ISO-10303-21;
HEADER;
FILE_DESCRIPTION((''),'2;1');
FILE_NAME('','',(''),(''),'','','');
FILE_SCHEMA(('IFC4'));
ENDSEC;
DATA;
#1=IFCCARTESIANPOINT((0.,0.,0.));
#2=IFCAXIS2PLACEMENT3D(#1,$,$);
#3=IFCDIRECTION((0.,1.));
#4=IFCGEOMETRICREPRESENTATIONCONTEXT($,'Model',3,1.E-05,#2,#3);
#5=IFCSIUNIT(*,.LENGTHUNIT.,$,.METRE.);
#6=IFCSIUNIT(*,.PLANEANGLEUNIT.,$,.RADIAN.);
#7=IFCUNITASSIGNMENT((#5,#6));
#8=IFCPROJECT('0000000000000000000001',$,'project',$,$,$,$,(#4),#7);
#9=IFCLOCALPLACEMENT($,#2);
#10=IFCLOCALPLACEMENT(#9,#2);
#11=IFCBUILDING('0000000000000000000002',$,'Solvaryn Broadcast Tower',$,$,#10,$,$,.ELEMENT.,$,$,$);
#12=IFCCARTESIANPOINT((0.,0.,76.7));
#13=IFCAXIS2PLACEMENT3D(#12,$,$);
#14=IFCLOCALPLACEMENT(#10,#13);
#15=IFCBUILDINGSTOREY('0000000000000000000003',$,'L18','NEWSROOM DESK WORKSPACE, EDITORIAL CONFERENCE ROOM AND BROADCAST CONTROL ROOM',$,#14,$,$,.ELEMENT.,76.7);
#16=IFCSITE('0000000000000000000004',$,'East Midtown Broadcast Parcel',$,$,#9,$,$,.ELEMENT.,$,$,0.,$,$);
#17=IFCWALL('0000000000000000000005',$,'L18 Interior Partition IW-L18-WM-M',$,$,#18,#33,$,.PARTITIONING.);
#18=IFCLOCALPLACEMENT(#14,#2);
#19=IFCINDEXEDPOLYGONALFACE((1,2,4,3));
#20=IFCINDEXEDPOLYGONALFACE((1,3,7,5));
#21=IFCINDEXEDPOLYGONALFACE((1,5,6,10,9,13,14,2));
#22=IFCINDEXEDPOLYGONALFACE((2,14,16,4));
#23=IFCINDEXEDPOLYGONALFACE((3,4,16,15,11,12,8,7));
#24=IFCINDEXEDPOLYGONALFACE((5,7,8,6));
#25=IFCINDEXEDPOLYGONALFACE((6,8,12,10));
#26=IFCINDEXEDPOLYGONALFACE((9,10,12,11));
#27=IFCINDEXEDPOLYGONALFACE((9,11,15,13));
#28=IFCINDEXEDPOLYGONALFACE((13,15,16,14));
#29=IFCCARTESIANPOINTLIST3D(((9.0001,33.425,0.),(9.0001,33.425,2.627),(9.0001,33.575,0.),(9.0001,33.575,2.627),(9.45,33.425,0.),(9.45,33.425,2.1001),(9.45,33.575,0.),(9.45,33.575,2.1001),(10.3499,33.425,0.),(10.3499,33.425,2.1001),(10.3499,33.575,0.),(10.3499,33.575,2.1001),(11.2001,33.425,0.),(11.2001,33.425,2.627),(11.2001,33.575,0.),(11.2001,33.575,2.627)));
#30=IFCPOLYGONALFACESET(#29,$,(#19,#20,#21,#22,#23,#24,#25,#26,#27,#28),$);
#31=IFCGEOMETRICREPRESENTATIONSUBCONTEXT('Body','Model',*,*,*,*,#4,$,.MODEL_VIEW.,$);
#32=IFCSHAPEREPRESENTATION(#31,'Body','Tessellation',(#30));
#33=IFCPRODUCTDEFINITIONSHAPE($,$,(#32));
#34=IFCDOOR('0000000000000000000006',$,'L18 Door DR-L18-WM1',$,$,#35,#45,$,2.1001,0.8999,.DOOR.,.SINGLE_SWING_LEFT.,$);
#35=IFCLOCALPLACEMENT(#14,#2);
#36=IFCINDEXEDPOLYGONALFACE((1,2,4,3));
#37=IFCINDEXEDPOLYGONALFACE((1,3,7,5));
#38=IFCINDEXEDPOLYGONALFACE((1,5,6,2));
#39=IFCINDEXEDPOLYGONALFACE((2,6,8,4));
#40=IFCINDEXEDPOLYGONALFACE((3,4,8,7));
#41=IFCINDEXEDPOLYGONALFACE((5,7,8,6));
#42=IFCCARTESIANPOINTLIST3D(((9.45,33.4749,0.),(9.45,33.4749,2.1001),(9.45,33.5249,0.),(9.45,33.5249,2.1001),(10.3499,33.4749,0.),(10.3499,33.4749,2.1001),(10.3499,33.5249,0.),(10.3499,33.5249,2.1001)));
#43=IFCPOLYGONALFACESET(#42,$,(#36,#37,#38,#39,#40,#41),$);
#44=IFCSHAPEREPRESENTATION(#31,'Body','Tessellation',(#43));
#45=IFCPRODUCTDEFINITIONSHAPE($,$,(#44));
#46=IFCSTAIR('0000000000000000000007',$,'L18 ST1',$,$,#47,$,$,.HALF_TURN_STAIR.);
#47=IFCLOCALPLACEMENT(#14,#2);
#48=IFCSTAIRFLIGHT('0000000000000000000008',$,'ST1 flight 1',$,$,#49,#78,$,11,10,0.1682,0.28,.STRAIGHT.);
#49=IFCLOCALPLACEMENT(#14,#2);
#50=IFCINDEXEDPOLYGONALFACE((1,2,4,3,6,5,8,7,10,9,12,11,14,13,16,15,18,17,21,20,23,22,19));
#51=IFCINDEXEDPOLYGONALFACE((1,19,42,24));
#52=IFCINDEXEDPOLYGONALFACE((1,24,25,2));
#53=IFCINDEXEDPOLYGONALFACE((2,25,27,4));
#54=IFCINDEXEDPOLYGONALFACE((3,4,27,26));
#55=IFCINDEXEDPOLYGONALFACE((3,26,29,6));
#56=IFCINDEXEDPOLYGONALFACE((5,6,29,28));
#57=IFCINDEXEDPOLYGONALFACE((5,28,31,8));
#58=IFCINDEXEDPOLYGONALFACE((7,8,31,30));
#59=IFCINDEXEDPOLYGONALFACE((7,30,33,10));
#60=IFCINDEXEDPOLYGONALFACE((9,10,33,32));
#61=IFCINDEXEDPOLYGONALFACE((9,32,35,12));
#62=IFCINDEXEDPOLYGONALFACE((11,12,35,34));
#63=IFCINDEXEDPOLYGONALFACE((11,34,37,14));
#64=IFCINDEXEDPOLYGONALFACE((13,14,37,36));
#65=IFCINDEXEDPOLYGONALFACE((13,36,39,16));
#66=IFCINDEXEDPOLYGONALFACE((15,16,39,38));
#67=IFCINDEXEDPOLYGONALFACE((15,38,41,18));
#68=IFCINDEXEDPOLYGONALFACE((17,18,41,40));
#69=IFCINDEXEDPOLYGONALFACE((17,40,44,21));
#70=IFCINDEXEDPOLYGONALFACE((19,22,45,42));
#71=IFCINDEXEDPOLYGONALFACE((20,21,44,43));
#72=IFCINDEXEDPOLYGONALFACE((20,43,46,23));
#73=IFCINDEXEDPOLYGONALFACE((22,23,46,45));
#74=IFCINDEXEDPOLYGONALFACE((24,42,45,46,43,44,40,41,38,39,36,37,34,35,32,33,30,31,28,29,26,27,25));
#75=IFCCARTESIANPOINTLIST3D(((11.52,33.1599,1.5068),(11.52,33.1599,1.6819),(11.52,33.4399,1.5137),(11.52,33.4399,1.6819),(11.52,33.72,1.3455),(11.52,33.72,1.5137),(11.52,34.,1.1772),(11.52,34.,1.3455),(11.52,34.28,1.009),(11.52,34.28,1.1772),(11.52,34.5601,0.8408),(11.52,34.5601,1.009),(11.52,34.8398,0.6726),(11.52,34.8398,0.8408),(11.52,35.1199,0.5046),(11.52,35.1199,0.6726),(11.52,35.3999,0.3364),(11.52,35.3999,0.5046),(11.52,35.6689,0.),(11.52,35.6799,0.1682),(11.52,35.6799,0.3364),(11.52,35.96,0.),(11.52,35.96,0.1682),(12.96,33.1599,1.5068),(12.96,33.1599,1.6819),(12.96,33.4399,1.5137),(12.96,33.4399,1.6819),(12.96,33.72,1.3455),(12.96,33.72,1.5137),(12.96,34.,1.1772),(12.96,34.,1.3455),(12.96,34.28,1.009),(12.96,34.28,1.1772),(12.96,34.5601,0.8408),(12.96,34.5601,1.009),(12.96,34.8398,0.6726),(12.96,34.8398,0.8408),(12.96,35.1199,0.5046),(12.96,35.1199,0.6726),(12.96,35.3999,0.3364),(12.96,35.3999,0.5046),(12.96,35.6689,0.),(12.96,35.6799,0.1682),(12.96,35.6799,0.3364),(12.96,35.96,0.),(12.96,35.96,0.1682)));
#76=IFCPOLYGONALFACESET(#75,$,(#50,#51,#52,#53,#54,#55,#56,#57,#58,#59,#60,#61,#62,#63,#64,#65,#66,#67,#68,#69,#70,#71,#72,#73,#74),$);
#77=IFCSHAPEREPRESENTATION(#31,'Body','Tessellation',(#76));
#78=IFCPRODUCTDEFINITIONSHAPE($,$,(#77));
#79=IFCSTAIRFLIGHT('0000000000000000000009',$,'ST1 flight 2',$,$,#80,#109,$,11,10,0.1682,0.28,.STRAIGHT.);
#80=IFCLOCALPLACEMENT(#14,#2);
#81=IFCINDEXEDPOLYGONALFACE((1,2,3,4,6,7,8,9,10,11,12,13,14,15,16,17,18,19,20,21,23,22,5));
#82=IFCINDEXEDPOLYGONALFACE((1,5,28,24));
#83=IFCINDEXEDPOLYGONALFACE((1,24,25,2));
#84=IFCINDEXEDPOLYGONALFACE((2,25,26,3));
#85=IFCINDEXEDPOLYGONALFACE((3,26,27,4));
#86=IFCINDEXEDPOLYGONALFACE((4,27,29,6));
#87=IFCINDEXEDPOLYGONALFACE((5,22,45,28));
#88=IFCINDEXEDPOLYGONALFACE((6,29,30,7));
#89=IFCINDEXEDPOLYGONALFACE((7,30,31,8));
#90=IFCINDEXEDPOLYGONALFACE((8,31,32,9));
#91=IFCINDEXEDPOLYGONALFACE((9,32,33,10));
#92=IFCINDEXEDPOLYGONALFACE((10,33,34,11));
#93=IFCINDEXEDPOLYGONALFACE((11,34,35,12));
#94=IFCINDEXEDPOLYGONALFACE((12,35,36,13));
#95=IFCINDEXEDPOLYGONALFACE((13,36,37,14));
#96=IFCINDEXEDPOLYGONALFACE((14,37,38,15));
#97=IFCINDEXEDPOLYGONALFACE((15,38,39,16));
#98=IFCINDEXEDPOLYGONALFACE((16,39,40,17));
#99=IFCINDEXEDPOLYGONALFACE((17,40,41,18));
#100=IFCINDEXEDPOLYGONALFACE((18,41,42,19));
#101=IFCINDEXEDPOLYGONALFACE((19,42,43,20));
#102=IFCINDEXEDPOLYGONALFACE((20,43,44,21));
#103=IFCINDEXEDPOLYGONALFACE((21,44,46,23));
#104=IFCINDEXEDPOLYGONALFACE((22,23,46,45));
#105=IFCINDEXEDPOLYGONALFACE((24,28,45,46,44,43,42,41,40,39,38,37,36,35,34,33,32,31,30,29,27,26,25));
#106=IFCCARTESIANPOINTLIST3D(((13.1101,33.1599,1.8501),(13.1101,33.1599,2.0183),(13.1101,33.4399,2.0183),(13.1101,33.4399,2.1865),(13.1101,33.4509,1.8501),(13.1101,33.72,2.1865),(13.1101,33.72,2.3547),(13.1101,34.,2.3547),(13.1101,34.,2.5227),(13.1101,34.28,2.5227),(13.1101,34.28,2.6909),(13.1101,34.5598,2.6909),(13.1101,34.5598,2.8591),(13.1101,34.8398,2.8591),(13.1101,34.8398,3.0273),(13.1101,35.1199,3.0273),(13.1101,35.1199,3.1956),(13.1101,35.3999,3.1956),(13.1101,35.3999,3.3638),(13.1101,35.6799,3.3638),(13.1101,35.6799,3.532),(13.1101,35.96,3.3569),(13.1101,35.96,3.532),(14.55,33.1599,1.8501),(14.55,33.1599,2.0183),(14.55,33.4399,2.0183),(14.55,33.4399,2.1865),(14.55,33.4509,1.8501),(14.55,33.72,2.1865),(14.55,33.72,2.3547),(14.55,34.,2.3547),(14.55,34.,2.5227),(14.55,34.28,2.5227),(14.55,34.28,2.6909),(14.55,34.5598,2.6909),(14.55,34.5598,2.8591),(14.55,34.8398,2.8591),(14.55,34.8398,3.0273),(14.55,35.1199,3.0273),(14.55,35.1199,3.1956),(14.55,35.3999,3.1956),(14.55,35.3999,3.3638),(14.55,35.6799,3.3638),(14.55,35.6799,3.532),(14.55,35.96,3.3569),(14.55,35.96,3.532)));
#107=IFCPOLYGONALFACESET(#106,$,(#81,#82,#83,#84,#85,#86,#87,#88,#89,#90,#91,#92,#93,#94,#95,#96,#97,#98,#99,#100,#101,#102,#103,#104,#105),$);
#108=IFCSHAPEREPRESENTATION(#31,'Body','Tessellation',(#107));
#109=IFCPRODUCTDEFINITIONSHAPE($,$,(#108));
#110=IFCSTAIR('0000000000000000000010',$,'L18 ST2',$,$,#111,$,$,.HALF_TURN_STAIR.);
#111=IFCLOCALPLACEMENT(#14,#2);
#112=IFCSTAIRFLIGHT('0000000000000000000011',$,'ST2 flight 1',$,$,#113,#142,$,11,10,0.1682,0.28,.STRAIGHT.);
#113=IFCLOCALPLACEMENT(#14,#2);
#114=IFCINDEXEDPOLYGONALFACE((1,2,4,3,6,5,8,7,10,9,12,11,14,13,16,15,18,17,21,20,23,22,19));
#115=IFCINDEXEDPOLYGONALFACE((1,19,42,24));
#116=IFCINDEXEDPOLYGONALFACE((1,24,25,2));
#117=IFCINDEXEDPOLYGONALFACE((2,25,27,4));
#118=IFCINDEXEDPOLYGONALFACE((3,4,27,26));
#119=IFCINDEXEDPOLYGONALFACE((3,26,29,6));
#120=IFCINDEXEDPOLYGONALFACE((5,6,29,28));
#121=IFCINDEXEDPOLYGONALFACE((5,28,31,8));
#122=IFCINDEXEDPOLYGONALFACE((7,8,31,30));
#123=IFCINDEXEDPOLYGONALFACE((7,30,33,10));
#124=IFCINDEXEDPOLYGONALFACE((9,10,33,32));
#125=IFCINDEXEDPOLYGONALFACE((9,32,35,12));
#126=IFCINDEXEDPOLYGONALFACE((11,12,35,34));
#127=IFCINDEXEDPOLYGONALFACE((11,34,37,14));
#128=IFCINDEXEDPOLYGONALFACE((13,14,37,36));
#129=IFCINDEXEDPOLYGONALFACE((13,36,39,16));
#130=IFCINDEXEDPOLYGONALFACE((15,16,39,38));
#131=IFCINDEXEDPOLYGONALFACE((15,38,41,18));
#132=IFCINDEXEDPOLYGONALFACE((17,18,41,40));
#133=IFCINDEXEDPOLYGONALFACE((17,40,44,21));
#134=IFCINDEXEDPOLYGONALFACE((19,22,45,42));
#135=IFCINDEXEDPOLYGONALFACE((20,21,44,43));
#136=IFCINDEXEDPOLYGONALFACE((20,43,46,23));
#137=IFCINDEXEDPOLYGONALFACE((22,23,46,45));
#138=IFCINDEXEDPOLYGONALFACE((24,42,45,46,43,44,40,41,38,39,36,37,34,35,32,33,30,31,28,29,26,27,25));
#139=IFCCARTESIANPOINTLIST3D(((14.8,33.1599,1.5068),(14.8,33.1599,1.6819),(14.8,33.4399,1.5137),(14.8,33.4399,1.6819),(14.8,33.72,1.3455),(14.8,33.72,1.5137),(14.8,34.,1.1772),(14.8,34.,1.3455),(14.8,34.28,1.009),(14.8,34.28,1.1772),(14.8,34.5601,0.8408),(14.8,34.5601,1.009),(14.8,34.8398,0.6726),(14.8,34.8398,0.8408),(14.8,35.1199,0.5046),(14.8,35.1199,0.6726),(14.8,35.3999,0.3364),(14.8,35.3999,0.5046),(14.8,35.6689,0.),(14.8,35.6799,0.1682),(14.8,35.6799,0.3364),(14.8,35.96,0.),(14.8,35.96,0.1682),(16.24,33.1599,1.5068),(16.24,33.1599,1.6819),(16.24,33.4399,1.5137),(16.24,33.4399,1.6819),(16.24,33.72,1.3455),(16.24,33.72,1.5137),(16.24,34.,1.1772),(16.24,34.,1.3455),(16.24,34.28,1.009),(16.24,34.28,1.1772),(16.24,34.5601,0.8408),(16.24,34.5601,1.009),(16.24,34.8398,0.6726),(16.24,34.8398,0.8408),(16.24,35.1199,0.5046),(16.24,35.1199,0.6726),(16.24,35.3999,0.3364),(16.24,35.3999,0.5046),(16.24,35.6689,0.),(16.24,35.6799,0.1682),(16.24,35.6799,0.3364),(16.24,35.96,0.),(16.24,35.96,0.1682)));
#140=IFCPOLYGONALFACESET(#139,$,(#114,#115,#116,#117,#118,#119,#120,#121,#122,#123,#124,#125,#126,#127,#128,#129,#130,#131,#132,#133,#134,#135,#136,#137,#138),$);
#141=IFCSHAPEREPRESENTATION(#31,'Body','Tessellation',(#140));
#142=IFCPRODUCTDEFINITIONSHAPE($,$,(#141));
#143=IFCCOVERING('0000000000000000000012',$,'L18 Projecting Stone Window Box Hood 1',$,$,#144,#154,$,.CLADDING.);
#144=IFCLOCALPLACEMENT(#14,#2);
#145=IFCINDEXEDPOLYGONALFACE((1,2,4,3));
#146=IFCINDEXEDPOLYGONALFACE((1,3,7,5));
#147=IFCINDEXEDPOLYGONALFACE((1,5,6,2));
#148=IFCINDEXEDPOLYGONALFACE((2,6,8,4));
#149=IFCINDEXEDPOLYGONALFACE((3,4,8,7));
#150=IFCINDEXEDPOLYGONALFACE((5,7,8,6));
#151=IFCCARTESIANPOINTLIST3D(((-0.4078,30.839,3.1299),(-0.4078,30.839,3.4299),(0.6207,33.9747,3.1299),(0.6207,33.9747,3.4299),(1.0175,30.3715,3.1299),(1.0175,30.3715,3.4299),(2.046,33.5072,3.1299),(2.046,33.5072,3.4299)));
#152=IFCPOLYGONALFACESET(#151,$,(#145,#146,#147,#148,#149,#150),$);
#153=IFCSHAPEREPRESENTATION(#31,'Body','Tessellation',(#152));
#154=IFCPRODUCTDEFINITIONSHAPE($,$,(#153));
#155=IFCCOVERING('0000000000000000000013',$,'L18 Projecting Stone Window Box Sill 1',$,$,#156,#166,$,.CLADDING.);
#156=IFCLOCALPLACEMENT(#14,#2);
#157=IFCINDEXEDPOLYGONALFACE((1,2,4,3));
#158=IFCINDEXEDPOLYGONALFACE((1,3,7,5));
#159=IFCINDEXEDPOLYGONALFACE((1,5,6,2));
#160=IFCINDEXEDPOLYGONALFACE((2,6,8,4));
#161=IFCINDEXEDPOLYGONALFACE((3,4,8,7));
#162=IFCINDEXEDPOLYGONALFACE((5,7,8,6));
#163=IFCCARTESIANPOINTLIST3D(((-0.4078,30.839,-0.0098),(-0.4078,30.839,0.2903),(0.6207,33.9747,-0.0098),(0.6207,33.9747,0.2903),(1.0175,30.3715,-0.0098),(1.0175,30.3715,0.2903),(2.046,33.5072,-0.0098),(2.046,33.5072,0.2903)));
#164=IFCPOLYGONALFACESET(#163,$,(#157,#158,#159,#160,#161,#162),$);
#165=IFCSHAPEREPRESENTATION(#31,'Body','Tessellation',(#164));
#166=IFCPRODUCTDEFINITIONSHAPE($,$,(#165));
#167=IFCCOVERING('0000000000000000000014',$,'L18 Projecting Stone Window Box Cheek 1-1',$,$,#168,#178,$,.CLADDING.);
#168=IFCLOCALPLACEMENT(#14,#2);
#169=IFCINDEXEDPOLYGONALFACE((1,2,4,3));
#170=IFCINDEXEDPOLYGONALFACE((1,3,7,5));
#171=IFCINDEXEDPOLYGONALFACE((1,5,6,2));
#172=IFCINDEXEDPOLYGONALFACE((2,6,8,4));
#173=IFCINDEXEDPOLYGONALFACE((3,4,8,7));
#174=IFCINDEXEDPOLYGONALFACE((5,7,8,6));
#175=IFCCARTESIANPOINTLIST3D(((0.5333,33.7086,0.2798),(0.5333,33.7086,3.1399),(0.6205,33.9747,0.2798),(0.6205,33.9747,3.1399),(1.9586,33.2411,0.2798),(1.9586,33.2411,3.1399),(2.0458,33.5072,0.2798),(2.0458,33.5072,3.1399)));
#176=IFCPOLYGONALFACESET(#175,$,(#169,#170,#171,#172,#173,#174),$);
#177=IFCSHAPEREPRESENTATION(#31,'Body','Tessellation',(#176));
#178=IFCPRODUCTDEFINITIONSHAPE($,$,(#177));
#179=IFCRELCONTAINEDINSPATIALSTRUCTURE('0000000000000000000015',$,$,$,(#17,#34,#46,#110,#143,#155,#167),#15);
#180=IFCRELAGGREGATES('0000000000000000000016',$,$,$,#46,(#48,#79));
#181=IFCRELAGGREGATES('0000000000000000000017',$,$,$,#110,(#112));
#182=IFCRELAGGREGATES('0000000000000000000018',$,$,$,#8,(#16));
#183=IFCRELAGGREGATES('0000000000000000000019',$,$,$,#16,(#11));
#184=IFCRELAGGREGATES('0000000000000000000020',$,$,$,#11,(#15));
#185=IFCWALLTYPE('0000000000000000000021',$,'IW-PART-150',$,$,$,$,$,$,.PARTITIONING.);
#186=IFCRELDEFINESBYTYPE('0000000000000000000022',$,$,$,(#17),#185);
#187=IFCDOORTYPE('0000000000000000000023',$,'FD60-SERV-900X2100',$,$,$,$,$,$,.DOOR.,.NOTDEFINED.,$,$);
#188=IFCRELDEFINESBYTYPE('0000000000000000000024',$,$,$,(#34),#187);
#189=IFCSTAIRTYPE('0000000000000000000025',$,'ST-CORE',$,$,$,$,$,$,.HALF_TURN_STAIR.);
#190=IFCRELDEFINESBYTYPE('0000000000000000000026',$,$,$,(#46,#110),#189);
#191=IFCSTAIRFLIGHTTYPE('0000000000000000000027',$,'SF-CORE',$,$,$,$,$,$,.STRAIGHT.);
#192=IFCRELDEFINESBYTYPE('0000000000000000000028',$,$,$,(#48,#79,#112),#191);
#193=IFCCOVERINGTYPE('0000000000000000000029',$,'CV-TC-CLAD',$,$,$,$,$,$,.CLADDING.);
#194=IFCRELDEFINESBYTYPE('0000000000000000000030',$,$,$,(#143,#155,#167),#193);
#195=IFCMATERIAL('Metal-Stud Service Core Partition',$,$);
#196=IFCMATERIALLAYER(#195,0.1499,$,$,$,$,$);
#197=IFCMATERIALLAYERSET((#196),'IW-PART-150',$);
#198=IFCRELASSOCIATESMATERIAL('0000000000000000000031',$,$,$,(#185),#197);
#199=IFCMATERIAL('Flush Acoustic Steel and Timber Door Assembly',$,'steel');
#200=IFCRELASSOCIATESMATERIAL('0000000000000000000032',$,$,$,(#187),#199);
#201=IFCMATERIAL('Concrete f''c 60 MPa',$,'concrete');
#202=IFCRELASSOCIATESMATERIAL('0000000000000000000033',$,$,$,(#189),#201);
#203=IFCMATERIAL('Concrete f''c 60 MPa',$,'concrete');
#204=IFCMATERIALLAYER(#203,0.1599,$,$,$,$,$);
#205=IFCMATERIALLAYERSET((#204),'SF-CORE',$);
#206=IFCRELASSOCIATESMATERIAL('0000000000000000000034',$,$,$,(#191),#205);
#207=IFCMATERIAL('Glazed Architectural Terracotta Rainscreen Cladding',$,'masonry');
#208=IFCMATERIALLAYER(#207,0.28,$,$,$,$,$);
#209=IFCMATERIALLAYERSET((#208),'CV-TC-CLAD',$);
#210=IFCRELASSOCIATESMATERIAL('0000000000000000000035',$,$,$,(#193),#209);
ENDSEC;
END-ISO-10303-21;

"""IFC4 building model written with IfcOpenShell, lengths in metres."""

from ifc_helpers import new_model, si_unit, direction, frame, frame_2d, origin, origin_2d, place, context, subcontext, project, spatial, polyline, rectangle, outline, extrude, material, layer, layer_set, type_object, element, fill, aggregate, save


model = new_model("IFC4")

# Units and contexts
model_context = context("Model", 3, precision=1e-05, world=origin(), true_north=direction((0.0, 1.0)))
body_context = subcontext(model_context, "Body", "Model", "MODEL_VIEW")
ifc_project = project(units=[si_unit("LENGTHUNIT", "METRE"), si_unit("PLANEANGLEUNIT", "RADIAN")], contexts=[model_context])

# Site, building, storey
site_placement = place(None, origin())
site = spatial("IfcSite", under=ifc_project, at=site_placement, Name="East Midtown Broadcast Parcel", CompositionType="ELEMENT", RefElevation=0.0)
building_placement = place(site_placement, origin())
building = spatial("IfcBuilding", under=site, at=building_placement, Name="Solvaryn Broadcast Tower", CompositionType="ELEMENT")
storey_placement = place(building_placement, frame((0.0, 0.0, 76.7)))
storey = spatial("IfcBuildingStorey", under=building, at=storey_placement, Name="L18", Description="NEWSROOM DESK WORKSPACE, EDITORIAL CONFERENCE ROOM AND BROADCAST CONTROL ROOM", CompositionType="ELEMENT", Elevation=76.7)

# Wall, opening, door
ifc_material_1 = material(Name="Metal-Stud Service Core Partition")
ifc_layer_1 = layer(ifc_material_1, 0.1499)
ifc_layer_set_1 = layer_set([ifc_layer_1], Name="IW-PART-150")
wall_type = type_object("IfcWallType", Name="IW-PART-150", PredefinedType="PARTITIONING", material=ifc_layer_set_1)
wall_placement = place(storey_placement, frame((9.0, 33.5, 0.0), z_axis=(0.0, 0.0, 1.0), x_axis=(1.0, 0.0, 0.0)))
wall = element("IfcWall", 1, at=wall_placement, inside=storey, type_object=wall_type, Name="L18 Interior Partition IW-L18-WM-M", PredefinedType="PARTITIONING", context=body_context, shape_type="SweptSolid", body=[
    extrude(rectangle(XDim=2.2, YDim=0.1499, at=frame_2d((1.1001, 0.0))), origin(), (0.0, 0.0, 1.0), 2.627),
])
opening_placement = place(wall_placement, frame((0.45, 0.0, 0.0)))
opening = element("IfcOpeningElement", 2, at=opening_placement, cuts=wall, PredefinedType="OPENING", context=body_context, shape_type="SweptSolid", body=[
    extrude(rectangle(XDim=0.8999, YDim=2.1001, at=frame_2d((0.45, 1.05))), frame((0.0, 0.085, 0.0), z_axis=(0.0, -1.0, 0.0), x_axis=(1.0, 0.0, 0.0)), (0.0, 0.0, 1.0), 0.1699),
])
ifc_material_2 = material(Name="Flush Acoustic Steel and Timber Door Assembly", Category="steel")
door_type = type_object("IfcDoorType", Name="FD60-SERV-900X2100", OperationType="NOTDEFINED", PredefinedType="DOOR", material=ifc_material_2)
door_placement = place(opening_placement, origin())
door = element("IfcDoor", 3, at=door_placement, inside=storey, type_object=door_type, Name="L18 Door DR-L18-WM1", OperationType="SINGLE_SWING_LEFT", OverallHeight=2.1001, OverallWidth=0.8999, PredefinedType="DOOR", context=body_context, shape_type="SweptSolid", body=[
    extrude(rectangle(XDim=0.8999, YDim=2.1001, at=frame_2d((0.45, 1.05))), frame((0.0, 0.0249, 0.0), z_axis=(0.0, -1.0, 0.0), x_axis=(1.0, 0.0, 0.0)), (0.0, 0.0, 1.0), 0.05),
])
fill(opening, door)

# Stair, stair flights
ifc_material_3 = material(Name="Concrete f'c 60 MPa", Category="concrete")
stair_type = type_object("IfcStairType", Name="ST-CORE", PredefinedType="HALF_TURN_STAIR", material=ifc_material_3)
stair_1_placement = place(storey_placement, origin())
stair_1 = element("IfcStair", 4, at=stair_1_placement, inside=storey, type_object=stair_type, Name="L18 ST1", PredefinedType="HALF_TURN_STAIR")
ifc_material_4 = material(Name="Concrete f'c 60 MPa", Category="concrete")
ifc_layer_2 = layer(ifc_material_4, 0.1599)
ifc_layer_set_2 = layer_set([ifc_layer_2], Name="SF-CORE")
stair_flight_type = type_object("IfcStairFlightType", Name="SF-CORE", PredefinedType="STRAIGHT", material=ifc_layer_set_2)
stair_flight_1_placement = place(storey_placement, frame((12.24, 35.96, 0.0), z_axis=(0.0, 0.0, 1.0), x_axis=(0.0, -1.0, 0.0)))
stair_flight_1 = element("IfcStairFlight", 5, at=stair_flight_1_placement, type_object=stair_flight_type, Name="ST1 flight 1", NumberOfRisers=11, NumberOfTreads=10, PredefinedType="STRAIGHT", RiserHeight=0.1682, TreadLength=0.28, context=body_context, shape_type="SweptSolid", body=[
    extrude(outline(polyline([(0.0, 0.0), (0.0, 0.1682), (0.28, 0.1682), (0.28, 0.3364), (0.5601, 0.3364), (0.5601, 0.5046), (0.8401, 0.5046), (0.8401, 0.6726), (1.1201, 0.6726), (1.1201, 0.8408), (1.3999, 0.8408), (1.3999, 1.009), (1.6799, 1.009), (1.6799, 1.1772), (1.96, 1.1772), (1.96, 1.3455), (2.24, 1.3455), (2.24, 1.5137), (2.52, 1.5137), (2.52, 1.6819), (2.8, 1.6819), (2.8, 1.8501), (2.8, 1.5068), (0.291, 0.0), (0.0, 0.0)])), frame((0.0, 0.72, 0.0), z_axis=(0.0, -1.0, 0.0), x_axis=(1.0, 0.0, 0.0)), (0.0, 0.0, 1.0), 1.4399),
])
stair_flight_2_placement = place(storey_placement, frame((13.8301, 33.1599, 1.8501), z_axis=(0.0, 0.0, 1.0), x_axis=(0.0, 1.0, 0.0)))
stair_flight_2 = element("IfcStairFlight", 6, at=stair_flight_2_placement, type_object=stair_flight_type, Name="ST1 flight 2", NumberOfRisers=11, NumberOfTreads=10, PredefinedType="STRAIGHT", RiserHeight=0.1682, TreadLength=0.28, context=body_context, shape_type="SweptSolid", body=[
    extrude(outline(polyline([(0.0, 0.0), (0.0, 0.1682), (0.28, 0.1682), (0.28, 0.3364), (0.5601, 0.3364), (0.5601, 0.5046), (0.8401, 0.5046), (0.8401, 0.6726), (1.1201, 0.6726), (1.1201, 0.8408), (1.3999, 0.8408), (1.3999, 1.009), (1.6799, 1.009), (1.6799, 1.1772), (1.96, 1.1772), (1.96, 1.3455), (2.24, 1.3455), (2.24, 1.5137), (2.52, 1.5137), (2.52, 1.6819), (2.8, 1.6819), (2.8, 1.8501), (2.8, 1.5068), (0.291, 0.0), (0.0, 0.0)])), frame((0.0, 0.72, 0.0), z_axis=(0.0, -1.0, 0.0), x_axis=(1.0, 0.0, 0.0)), (0.0, 0.0, 1.0), 1.4399),
])
aggregate(stair_1, [stair_flight_1, stair_flight_2])

# Stair, stair flight
stair_2_placement = place(storey_placement, origin())
stair_2 = element("IfcStair", 7, at=stair_2_placement, inside=storey, type_object=stair_type, Name="L18 ST2", PredefinedType="HALF_TURN_STAIR")
stair_flight_3_placement = place(storey_placement, frame((15.52, 35.96, 0.0), z_axis=(0.0, 0.0, 1.0), x_axis=(0.0, -1.0, 0.0)))
stair_flight_3 = element("IfcStairFlight", 8, at=stair_flight_3_placement, type_object=stair_flight_type, Name="ST2 flight 1", NumberOfRisers=11, NumberOfTreads=10, PredefinedType="STRAIGHT", RiserHeight=0.1682, TreadLength=0.28, context=body_context, shape_type="SweptSolid", body=[
    extrude(outline(polyline([(0.0, 0.0), (0.0, 0.1682), (0.28, 0.1682), (0.28, 0.3364), (0.5601, 0.3364), (0.5601, 0.5046), (0.8401, 0.5046), (0.8401, 0.6726), (1.1201, 0.6726), (1.1201, 0.8408), (1.3999, 0.8408), (1.3999, 1.009), (1.6799, 1.009), (1.6799, 1.1772), (1.96, 1.1772), (1.96, 1.3455), (2.24, 1.3455), (2.24, 1.5137), (2.52, 1.5137), (2.52, 1.6819), (2.8, 1.6819), (2.8, 1.8501), (2.8, 1.5068), (0.291, 0.0), (0.0, 0.0)])), frame((0.0, 0.72, 0.0), z_axis=(0.0, -1.0, 0.0), x_axis=(1.0, 0.0, 0.0)), (0.0, 0.0, 1.0), 1.4399),
])
aggregate(stair_2, [stair_flight_3])

# Coverings
ifc_material_5 = material(Name="Glazed Architectural Terracotta Rainscreen Cladding", Category="masonry")
ifc_layer_3 = layer(ifc_material_5, 0.28)
ifc_layer_set_3 = layer_set([ifc_layer_3], Name="CV-TC-CLAD")
covering_type = type_object("IfcCoveringType", Name="CV-TC-CLAD", PredefinedType="CLADDING", material=ifc_layer_set_3)
for number, where, z_axis, x_axis, name in (
    (9, (0.8191, 32.1731, 3.1299), (0.0, 0.0, 1.0), (-0.311672, -0.95019, 0.0), "L18 Projecting Stone Window Box Hood 1"),
    (10, (0.8191, 32.1731, -0.0098), (0.0, 0.0, 1.0), (-0.311672, -0.95019, 0.0), "L18 Projecting Stone Window Box Sill 1"),
):
    element("IfcCovering", number, at=place(storey_placement, frame(where, z_axis=z_axis, x_axis=x_axis)), inside=storey, type_object=covering_type, Name=name, PredefinedType="CLADDING", context=body_context, shape_type="SweptSolid", body=[
        extrude(rectangle(XDim=3.3, YDim=1.5, at=origin_2d()), origin(), (0.0, 0.0, 1.0), 0.3),
    ])
covering_placement = place(storey_placement, frame((1.2896, 33.6079, 0.2798), z_axis=(0.0, 0.0, 1.0), x_axis=(-0.311672, -0.95019, 0.0)))
element("IfcCovering", 11, at=covering_placement, inside=storey, type_object=covering_type, Name="L18 Projecting Stone Window Box Cheek 1-1", PredefinedType="CLADDING", context=body_context, shape_type="SweptSolid", body=[
    extrude(rectangle(XDim=0.28, YDim=1.5, at=origin_2d()), origin(), (0.0, 0.0, 1.0), 2.8601),
])

save(model, "model.ifc")
